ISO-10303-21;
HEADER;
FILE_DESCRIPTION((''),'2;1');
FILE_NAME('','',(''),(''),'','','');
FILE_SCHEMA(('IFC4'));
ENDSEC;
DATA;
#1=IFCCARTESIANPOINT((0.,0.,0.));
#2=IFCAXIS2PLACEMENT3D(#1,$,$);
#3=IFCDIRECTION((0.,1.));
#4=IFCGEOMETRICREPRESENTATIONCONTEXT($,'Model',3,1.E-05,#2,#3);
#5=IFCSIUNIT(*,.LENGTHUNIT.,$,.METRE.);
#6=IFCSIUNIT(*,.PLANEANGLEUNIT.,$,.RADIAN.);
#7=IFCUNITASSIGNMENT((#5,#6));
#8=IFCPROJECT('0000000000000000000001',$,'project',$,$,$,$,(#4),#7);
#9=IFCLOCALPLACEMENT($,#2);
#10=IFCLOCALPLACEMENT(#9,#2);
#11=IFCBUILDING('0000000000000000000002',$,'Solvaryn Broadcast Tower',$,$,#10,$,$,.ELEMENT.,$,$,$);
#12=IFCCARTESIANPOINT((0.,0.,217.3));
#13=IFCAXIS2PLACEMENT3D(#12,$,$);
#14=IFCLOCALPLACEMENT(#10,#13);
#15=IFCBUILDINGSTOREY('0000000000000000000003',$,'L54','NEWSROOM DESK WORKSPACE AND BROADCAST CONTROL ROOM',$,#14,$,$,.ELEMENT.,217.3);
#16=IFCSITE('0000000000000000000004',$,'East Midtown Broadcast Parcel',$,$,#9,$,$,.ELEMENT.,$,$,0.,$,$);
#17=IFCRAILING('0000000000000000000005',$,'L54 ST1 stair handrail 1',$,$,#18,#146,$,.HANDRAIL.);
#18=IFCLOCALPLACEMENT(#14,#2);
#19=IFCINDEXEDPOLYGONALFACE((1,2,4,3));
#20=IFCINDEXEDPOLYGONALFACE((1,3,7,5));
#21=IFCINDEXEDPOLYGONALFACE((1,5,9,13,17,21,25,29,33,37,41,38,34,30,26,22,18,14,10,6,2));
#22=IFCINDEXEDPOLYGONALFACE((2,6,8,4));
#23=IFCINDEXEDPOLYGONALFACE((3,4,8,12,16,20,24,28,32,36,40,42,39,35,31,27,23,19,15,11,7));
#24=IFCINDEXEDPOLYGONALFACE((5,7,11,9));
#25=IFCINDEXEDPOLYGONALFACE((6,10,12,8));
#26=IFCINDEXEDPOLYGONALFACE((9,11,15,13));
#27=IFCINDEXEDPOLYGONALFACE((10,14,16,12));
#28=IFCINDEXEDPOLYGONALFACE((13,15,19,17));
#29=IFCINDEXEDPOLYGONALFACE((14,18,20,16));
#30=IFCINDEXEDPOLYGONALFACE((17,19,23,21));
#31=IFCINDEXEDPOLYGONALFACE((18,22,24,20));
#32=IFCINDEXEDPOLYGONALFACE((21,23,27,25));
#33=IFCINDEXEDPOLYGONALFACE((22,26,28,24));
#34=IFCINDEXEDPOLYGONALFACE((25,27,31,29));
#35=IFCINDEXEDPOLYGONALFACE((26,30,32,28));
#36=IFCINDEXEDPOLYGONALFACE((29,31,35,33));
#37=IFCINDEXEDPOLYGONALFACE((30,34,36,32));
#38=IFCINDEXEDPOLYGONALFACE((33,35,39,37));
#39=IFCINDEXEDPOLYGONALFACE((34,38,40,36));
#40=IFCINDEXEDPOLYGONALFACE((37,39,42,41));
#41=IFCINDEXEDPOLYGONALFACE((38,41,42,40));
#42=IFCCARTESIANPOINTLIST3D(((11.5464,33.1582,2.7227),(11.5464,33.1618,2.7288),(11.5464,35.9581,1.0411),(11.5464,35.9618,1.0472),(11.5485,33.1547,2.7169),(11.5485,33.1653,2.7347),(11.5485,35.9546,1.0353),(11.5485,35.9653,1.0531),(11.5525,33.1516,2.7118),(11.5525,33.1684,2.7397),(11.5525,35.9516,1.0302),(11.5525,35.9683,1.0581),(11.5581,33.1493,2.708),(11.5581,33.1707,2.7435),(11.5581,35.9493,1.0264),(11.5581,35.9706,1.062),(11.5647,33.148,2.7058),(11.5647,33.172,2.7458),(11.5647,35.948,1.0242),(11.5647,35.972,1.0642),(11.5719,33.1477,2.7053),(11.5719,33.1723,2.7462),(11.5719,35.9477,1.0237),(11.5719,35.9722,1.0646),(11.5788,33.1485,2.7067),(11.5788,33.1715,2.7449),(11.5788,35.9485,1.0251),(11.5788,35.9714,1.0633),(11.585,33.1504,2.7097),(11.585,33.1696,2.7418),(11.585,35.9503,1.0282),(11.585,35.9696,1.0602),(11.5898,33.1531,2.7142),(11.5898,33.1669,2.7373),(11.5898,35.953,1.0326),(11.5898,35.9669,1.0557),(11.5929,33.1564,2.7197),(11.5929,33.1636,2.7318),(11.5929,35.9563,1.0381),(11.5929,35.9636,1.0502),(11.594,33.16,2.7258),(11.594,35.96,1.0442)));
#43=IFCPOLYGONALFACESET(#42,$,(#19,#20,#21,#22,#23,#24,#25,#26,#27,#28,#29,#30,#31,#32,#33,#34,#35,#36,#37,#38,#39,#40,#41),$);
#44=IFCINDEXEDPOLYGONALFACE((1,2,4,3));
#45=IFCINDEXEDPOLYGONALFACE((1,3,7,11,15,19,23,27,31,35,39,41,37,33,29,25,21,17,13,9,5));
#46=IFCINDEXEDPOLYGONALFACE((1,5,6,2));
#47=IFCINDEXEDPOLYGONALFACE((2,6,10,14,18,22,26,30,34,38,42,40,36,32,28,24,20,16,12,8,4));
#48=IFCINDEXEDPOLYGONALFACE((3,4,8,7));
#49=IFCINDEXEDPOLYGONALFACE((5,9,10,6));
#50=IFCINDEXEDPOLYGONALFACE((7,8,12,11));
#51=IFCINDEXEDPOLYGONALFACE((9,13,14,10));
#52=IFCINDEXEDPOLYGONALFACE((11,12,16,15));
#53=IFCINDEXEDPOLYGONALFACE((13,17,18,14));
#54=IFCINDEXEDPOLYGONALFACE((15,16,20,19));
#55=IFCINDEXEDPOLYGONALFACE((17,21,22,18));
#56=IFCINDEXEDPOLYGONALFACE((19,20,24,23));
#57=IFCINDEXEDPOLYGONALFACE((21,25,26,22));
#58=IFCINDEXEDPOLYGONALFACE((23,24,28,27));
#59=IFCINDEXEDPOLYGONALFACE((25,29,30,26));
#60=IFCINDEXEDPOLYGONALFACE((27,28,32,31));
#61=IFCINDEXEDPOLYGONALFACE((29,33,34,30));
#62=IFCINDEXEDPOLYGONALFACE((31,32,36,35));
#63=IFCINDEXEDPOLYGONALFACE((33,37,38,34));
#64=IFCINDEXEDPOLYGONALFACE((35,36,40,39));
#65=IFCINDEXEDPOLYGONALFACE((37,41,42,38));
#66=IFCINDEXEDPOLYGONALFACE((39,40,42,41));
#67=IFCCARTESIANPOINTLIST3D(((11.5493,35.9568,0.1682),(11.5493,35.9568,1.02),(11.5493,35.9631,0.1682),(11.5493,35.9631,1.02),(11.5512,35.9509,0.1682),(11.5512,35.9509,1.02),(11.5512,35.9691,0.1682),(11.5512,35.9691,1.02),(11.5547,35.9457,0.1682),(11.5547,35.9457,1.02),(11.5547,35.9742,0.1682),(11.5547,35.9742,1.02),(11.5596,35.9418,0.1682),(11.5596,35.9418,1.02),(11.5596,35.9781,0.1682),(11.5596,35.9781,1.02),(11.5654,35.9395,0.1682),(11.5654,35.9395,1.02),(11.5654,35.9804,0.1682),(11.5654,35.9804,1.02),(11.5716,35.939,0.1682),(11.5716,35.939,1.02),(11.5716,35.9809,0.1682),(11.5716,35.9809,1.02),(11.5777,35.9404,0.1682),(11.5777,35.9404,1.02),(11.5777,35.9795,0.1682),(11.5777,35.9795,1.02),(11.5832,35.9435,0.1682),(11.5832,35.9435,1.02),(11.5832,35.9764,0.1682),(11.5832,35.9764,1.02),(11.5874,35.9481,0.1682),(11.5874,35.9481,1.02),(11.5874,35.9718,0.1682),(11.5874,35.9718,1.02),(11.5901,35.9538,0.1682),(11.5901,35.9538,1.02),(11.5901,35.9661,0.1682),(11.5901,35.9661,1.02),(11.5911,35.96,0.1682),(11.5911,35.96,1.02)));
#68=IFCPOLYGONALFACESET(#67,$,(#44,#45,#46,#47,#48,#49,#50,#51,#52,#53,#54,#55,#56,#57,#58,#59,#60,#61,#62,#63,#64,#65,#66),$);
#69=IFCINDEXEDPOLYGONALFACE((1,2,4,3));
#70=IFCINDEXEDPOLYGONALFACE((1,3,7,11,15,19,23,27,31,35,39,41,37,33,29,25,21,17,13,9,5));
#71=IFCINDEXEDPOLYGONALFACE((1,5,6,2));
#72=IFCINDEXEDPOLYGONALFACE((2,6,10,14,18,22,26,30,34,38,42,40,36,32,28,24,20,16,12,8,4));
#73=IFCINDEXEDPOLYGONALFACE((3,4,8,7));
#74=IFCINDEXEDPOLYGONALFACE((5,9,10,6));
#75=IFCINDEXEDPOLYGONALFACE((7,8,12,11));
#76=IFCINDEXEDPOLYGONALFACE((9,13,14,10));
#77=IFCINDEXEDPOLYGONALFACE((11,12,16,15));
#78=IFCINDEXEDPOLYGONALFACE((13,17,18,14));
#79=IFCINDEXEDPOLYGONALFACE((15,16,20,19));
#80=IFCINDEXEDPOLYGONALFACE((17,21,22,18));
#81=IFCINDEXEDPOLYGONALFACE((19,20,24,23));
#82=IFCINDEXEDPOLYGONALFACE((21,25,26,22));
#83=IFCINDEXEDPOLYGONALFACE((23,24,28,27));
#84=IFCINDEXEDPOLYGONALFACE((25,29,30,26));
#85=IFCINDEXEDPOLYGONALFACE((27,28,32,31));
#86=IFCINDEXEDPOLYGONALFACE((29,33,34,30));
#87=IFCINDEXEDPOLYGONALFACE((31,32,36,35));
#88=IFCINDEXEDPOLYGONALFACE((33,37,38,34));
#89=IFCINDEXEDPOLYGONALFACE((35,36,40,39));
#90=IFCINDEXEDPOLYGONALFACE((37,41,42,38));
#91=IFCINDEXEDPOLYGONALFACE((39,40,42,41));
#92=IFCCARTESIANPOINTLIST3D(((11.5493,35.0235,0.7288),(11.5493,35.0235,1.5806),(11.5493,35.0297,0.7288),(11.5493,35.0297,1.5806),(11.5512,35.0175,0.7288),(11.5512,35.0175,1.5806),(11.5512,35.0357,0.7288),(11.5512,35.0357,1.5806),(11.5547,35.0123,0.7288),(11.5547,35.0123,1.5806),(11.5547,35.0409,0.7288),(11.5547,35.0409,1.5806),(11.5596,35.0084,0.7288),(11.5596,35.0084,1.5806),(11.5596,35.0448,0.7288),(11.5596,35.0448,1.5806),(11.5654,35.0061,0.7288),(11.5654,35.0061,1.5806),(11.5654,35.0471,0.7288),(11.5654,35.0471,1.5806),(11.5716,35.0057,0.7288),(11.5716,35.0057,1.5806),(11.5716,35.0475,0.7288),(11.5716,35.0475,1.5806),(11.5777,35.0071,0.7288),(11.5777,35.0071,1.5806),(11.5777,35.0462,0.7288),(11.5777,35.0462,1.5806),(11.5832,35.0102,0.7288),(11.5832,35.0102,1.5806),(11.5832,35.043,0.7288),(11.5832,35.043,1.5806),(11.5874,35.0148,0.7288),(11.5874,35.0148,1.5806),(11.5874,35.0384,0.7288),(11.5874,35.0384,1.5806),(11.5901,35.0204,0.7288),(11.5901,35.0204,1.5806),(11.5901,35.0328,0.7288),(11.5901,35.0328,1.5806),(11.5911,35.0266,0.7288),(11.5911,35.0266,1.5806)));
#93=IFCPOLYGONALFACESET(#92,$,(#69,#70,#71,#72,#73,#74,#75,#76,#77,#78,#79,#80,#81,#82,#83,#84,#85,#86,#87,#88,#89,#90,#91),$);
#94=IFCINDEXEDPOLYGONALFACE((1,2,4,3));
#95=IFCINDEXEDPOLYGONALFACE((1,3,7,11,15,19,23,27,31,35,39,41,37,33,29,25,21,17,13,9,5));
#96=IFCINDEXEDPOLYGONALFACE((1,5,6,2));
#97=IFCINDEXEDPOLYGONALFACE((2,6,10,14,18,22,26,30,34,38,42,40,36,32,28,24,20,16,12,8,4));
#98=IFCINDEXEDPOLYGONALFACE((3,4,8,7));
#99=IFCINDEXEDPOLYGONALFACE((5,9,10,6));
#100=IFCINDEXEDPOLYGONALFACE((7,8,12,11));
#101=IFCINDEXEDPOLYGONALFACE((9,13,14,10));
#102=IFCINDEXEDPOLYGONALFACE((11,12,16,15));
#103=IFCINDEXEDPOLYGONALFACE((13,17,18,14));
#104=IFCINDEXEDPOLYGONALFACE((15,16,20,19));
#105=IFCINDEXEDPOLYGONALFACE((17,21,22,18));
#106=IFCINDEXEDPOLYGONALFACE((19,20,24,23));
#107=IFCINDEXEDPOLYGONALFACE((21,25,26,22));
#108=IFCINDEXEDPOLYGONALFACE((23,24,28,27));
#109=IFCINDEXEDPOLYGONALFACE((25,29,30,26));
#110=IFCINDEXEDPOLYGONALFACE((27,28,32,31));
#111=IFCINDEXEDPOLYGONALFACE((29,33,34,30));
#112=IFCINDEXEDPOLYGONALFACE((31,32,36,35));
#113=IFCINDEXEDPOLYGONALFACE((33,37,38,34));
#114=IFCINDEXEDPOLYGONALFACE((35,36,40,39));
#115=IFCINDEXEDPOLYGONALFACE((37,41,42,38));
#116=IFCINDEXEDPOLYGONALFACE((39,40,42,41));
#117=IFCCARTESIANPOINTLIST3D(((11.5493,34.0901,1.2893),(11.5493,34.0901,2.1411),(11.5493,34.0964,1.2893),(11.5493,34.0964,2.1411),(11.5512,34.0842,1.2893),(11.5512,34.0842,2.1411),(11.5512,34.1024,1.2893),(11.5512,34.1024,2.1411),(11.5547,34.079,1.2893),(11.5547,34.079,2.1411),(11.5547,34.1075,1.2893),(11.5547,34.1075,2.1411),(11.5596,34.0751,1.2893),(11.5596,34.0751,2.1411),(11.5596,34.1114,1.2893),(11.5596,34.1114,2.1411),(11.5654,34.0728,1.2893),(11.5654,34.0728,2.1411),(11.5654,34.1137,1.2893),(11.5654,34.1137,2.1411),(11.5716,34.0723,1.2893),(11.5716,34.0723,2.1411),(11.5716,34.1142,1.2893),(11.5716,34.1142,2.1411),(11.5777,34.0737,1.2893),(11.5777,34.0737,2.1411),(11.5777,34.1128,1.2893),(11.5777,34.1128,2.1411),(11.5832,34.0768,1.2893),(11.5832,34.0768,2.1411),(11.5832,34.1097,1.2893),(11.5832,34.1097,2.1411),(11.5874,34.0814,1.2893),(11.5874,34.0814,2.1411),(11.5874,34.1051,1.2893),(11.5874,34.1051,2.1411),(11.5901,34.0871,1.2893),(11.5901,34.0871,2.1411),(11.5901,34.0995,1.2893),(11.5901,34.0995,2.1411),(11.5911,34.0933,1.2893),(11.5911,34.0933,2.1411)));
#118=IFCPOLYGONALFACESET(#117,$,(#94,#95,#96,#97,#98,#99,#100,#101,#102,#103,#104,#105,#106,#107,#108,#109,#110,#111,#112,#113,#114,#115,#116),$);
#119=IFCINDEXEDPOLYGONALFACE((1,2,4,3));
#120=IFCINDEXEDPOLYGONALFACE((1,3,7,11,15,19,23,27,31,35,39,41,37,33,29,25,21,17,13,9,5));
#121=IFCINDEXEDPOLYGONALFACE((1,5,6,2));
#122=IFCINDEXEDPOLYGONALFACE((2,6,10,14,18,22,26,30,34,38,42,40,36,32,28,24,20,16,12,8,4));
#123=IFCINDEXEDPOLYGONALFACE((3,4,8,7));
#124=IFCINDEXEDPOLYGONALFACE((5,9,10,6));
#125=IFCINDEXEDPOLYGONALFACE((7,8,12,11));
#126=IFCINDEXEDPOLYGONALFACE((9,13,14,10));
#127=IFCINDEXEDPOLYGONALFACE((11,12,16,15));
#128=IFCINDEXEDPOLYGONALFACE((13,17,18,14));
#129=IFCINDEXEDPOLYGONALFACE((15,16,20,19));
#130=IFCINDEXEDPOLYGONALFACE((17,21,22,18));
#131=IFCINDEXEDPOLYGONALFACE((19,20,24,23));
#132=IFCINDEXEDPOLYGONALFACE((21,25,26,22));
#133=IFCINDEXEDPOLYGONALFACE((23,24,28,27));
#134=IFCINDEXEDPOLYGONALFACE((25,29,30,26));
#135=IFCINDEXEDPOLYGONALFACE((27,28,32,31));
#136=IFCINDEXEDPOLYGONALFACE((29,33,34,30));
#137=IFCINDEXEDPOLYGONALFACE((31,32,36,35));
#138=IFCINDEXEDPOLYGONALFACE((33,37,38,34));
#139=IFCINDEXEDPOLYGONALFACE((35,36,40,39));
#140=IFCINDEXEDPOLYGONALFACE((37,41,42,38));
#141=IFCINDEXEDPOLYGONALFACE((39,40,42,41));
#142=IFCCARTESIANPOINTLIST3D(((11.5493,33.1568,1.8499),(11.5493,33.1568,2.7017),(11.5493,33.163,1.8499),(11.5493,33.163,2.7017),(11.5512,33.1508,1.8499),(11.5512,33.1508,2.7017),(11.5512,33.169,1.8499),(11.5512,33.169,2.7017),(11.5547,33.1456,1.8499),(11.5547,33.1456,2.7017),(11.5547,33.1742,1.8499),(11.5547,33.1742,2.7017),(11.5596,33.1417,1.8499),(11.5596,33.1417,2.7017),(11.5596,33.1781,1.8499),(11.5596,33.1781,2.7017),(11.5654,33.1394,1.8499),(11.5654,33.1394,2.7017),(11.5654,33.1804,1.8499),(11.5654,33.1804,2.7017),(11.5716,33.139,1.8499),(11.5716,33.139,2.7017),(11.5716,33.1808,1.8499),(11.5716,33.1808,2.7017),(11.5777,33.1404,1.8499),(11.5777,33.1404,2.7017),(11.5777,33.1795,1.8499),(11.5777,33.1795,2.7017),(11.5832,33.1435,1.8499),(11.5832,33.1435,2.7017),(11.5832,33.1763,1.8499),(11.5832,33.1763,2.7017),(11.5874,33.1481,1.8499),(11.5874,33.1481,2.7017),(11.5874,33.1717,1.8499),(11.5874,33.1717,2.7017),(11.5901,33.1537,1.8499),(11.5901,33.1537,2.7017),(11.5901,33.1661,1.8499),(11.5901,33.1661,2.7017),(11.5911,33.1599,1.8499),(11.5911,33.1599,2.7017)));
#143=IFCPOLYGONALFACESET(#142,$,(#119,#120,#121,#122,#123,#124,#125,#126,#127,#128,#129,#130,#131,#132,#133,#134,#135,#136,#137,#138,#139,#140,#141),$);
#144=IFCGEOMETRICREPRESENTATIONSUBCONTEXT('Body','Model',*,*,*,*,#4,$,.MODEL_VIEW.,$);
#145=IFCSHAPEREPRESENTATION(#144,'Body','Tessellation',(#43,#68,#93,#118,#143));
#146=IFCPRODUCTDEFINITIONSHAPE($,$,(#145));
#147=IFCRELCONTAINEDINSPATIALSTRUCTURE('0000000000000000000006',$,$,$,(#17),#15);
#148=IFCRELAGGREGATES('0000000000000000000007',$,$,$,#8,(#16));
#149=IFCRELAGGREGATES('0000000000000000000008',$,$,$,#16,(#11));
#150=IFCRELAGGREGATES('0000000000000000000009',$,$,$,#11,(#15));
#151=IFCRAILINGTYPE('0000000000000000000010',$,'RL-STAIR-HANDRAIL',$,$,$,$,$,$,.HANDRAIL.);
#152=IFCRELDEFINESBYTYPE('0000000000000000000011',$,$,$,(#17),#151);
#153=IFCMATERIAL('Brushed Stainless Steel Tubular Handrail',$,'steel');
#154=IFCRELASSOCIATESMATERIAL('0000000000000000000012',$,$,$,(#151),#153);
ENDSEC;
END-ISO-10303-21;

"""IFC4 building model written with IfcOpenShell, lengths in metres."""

from ifc_helpers import new_model, si_unit, direction, frame, origin, origin_2d, place, context, subcontext, project, spatial, circle, extrude, material, type_object, element, save


model = new_model("IFC4")

# Units and contexts
model_context = context("Model", 3, precision=1e-05, world=origin(), true_north=direction((0.0, 1.0)))
body_context = subcontext(model_context, "Body", "Model", "MODEL_VIEW")
ifc_project = project(units=[si_unit("LENGTHUNIT", "METRE"), si_unit("PLANEANGLEUNIT", "RADIAN")], contexts=[model_context])

# Site, building, storey
site_placement = place(None, origin())
site = spatial("IfcSite", under=ifc_project, at=site_placement, Name="East Midtown Broadcast Parcel", CompositionType="ELEMENT", RefElevation=0.0)
building_placement = place(site_placement, origin())
building = spatial("IfcBuilding", under=site, at=building_placement, Name="Solvaryn Broadcast Tower", CompositionType="ELEMENT")
storey_placement = place(building_placement, frame((0.0, 0.0, 217.3)))
storey = spatial("IfcBuildingStorey", under=building, at=storey_placement, Name="L54", Description="NEWSROOM DESK WORKSPACE AND BROADCAST CONTROL ROOM", CompositionType="ELEMENT", Elevation=217.3)

# Railing
ifc_material_1 = material(Name="Brushed Stainless Steel Tubular Handrail", Category="steel")
railing_type_1 = type_object("IfcRailingType", Name="RL-STAIR-HANDRAIL", PredefinedType="HANDRAIL", material=ifc_material_1)
railing_1_placement = place(storey_placement, frame((11.5701, 35.96, 0.1682)))
element("IfcRailing", 1, at=railing_1_placement, inside=storey, type_object=railing_type_1, Name="L54 ST1 stair handrail 1", PredefinedType="HANDRAIL", context=body_context, shape_type="SweptSolid", body=[
    extrude(circle(Radius=0.0239, at=origin_2d()), frame((0.0, 0.0, 0.876), z_axis=(0.0, -0.857275, 0.514858), x_axis=(1.0, 0.0, 0.0)), (0.0, 0.0, 1.0), 3.2661),
    extrude(circle(Radius=0.021, at=origin_2d()), origin(), (0.0, 0.0, 1.0), 0.8518),
    extrude(circle(Radius=0.021, at=origin_2d()), frame((0.0, -0.9333, 0.5605)), (0.0, 0.0, 1.0), 0.8518),
    extrude(circle(Radius=0.021, at=origin_2d()), frame((0.0, -1.8667, 1.1211)), (0.0, 0.0, 1.0), 0.8518),
    extrude(circle(Radius=0.021, at=origin_2d()), frame((0.0, -2.8, 1.6816)), (0.0, 0.0, 1.0), 0.8518),
])

save(model, "model.ifc")
